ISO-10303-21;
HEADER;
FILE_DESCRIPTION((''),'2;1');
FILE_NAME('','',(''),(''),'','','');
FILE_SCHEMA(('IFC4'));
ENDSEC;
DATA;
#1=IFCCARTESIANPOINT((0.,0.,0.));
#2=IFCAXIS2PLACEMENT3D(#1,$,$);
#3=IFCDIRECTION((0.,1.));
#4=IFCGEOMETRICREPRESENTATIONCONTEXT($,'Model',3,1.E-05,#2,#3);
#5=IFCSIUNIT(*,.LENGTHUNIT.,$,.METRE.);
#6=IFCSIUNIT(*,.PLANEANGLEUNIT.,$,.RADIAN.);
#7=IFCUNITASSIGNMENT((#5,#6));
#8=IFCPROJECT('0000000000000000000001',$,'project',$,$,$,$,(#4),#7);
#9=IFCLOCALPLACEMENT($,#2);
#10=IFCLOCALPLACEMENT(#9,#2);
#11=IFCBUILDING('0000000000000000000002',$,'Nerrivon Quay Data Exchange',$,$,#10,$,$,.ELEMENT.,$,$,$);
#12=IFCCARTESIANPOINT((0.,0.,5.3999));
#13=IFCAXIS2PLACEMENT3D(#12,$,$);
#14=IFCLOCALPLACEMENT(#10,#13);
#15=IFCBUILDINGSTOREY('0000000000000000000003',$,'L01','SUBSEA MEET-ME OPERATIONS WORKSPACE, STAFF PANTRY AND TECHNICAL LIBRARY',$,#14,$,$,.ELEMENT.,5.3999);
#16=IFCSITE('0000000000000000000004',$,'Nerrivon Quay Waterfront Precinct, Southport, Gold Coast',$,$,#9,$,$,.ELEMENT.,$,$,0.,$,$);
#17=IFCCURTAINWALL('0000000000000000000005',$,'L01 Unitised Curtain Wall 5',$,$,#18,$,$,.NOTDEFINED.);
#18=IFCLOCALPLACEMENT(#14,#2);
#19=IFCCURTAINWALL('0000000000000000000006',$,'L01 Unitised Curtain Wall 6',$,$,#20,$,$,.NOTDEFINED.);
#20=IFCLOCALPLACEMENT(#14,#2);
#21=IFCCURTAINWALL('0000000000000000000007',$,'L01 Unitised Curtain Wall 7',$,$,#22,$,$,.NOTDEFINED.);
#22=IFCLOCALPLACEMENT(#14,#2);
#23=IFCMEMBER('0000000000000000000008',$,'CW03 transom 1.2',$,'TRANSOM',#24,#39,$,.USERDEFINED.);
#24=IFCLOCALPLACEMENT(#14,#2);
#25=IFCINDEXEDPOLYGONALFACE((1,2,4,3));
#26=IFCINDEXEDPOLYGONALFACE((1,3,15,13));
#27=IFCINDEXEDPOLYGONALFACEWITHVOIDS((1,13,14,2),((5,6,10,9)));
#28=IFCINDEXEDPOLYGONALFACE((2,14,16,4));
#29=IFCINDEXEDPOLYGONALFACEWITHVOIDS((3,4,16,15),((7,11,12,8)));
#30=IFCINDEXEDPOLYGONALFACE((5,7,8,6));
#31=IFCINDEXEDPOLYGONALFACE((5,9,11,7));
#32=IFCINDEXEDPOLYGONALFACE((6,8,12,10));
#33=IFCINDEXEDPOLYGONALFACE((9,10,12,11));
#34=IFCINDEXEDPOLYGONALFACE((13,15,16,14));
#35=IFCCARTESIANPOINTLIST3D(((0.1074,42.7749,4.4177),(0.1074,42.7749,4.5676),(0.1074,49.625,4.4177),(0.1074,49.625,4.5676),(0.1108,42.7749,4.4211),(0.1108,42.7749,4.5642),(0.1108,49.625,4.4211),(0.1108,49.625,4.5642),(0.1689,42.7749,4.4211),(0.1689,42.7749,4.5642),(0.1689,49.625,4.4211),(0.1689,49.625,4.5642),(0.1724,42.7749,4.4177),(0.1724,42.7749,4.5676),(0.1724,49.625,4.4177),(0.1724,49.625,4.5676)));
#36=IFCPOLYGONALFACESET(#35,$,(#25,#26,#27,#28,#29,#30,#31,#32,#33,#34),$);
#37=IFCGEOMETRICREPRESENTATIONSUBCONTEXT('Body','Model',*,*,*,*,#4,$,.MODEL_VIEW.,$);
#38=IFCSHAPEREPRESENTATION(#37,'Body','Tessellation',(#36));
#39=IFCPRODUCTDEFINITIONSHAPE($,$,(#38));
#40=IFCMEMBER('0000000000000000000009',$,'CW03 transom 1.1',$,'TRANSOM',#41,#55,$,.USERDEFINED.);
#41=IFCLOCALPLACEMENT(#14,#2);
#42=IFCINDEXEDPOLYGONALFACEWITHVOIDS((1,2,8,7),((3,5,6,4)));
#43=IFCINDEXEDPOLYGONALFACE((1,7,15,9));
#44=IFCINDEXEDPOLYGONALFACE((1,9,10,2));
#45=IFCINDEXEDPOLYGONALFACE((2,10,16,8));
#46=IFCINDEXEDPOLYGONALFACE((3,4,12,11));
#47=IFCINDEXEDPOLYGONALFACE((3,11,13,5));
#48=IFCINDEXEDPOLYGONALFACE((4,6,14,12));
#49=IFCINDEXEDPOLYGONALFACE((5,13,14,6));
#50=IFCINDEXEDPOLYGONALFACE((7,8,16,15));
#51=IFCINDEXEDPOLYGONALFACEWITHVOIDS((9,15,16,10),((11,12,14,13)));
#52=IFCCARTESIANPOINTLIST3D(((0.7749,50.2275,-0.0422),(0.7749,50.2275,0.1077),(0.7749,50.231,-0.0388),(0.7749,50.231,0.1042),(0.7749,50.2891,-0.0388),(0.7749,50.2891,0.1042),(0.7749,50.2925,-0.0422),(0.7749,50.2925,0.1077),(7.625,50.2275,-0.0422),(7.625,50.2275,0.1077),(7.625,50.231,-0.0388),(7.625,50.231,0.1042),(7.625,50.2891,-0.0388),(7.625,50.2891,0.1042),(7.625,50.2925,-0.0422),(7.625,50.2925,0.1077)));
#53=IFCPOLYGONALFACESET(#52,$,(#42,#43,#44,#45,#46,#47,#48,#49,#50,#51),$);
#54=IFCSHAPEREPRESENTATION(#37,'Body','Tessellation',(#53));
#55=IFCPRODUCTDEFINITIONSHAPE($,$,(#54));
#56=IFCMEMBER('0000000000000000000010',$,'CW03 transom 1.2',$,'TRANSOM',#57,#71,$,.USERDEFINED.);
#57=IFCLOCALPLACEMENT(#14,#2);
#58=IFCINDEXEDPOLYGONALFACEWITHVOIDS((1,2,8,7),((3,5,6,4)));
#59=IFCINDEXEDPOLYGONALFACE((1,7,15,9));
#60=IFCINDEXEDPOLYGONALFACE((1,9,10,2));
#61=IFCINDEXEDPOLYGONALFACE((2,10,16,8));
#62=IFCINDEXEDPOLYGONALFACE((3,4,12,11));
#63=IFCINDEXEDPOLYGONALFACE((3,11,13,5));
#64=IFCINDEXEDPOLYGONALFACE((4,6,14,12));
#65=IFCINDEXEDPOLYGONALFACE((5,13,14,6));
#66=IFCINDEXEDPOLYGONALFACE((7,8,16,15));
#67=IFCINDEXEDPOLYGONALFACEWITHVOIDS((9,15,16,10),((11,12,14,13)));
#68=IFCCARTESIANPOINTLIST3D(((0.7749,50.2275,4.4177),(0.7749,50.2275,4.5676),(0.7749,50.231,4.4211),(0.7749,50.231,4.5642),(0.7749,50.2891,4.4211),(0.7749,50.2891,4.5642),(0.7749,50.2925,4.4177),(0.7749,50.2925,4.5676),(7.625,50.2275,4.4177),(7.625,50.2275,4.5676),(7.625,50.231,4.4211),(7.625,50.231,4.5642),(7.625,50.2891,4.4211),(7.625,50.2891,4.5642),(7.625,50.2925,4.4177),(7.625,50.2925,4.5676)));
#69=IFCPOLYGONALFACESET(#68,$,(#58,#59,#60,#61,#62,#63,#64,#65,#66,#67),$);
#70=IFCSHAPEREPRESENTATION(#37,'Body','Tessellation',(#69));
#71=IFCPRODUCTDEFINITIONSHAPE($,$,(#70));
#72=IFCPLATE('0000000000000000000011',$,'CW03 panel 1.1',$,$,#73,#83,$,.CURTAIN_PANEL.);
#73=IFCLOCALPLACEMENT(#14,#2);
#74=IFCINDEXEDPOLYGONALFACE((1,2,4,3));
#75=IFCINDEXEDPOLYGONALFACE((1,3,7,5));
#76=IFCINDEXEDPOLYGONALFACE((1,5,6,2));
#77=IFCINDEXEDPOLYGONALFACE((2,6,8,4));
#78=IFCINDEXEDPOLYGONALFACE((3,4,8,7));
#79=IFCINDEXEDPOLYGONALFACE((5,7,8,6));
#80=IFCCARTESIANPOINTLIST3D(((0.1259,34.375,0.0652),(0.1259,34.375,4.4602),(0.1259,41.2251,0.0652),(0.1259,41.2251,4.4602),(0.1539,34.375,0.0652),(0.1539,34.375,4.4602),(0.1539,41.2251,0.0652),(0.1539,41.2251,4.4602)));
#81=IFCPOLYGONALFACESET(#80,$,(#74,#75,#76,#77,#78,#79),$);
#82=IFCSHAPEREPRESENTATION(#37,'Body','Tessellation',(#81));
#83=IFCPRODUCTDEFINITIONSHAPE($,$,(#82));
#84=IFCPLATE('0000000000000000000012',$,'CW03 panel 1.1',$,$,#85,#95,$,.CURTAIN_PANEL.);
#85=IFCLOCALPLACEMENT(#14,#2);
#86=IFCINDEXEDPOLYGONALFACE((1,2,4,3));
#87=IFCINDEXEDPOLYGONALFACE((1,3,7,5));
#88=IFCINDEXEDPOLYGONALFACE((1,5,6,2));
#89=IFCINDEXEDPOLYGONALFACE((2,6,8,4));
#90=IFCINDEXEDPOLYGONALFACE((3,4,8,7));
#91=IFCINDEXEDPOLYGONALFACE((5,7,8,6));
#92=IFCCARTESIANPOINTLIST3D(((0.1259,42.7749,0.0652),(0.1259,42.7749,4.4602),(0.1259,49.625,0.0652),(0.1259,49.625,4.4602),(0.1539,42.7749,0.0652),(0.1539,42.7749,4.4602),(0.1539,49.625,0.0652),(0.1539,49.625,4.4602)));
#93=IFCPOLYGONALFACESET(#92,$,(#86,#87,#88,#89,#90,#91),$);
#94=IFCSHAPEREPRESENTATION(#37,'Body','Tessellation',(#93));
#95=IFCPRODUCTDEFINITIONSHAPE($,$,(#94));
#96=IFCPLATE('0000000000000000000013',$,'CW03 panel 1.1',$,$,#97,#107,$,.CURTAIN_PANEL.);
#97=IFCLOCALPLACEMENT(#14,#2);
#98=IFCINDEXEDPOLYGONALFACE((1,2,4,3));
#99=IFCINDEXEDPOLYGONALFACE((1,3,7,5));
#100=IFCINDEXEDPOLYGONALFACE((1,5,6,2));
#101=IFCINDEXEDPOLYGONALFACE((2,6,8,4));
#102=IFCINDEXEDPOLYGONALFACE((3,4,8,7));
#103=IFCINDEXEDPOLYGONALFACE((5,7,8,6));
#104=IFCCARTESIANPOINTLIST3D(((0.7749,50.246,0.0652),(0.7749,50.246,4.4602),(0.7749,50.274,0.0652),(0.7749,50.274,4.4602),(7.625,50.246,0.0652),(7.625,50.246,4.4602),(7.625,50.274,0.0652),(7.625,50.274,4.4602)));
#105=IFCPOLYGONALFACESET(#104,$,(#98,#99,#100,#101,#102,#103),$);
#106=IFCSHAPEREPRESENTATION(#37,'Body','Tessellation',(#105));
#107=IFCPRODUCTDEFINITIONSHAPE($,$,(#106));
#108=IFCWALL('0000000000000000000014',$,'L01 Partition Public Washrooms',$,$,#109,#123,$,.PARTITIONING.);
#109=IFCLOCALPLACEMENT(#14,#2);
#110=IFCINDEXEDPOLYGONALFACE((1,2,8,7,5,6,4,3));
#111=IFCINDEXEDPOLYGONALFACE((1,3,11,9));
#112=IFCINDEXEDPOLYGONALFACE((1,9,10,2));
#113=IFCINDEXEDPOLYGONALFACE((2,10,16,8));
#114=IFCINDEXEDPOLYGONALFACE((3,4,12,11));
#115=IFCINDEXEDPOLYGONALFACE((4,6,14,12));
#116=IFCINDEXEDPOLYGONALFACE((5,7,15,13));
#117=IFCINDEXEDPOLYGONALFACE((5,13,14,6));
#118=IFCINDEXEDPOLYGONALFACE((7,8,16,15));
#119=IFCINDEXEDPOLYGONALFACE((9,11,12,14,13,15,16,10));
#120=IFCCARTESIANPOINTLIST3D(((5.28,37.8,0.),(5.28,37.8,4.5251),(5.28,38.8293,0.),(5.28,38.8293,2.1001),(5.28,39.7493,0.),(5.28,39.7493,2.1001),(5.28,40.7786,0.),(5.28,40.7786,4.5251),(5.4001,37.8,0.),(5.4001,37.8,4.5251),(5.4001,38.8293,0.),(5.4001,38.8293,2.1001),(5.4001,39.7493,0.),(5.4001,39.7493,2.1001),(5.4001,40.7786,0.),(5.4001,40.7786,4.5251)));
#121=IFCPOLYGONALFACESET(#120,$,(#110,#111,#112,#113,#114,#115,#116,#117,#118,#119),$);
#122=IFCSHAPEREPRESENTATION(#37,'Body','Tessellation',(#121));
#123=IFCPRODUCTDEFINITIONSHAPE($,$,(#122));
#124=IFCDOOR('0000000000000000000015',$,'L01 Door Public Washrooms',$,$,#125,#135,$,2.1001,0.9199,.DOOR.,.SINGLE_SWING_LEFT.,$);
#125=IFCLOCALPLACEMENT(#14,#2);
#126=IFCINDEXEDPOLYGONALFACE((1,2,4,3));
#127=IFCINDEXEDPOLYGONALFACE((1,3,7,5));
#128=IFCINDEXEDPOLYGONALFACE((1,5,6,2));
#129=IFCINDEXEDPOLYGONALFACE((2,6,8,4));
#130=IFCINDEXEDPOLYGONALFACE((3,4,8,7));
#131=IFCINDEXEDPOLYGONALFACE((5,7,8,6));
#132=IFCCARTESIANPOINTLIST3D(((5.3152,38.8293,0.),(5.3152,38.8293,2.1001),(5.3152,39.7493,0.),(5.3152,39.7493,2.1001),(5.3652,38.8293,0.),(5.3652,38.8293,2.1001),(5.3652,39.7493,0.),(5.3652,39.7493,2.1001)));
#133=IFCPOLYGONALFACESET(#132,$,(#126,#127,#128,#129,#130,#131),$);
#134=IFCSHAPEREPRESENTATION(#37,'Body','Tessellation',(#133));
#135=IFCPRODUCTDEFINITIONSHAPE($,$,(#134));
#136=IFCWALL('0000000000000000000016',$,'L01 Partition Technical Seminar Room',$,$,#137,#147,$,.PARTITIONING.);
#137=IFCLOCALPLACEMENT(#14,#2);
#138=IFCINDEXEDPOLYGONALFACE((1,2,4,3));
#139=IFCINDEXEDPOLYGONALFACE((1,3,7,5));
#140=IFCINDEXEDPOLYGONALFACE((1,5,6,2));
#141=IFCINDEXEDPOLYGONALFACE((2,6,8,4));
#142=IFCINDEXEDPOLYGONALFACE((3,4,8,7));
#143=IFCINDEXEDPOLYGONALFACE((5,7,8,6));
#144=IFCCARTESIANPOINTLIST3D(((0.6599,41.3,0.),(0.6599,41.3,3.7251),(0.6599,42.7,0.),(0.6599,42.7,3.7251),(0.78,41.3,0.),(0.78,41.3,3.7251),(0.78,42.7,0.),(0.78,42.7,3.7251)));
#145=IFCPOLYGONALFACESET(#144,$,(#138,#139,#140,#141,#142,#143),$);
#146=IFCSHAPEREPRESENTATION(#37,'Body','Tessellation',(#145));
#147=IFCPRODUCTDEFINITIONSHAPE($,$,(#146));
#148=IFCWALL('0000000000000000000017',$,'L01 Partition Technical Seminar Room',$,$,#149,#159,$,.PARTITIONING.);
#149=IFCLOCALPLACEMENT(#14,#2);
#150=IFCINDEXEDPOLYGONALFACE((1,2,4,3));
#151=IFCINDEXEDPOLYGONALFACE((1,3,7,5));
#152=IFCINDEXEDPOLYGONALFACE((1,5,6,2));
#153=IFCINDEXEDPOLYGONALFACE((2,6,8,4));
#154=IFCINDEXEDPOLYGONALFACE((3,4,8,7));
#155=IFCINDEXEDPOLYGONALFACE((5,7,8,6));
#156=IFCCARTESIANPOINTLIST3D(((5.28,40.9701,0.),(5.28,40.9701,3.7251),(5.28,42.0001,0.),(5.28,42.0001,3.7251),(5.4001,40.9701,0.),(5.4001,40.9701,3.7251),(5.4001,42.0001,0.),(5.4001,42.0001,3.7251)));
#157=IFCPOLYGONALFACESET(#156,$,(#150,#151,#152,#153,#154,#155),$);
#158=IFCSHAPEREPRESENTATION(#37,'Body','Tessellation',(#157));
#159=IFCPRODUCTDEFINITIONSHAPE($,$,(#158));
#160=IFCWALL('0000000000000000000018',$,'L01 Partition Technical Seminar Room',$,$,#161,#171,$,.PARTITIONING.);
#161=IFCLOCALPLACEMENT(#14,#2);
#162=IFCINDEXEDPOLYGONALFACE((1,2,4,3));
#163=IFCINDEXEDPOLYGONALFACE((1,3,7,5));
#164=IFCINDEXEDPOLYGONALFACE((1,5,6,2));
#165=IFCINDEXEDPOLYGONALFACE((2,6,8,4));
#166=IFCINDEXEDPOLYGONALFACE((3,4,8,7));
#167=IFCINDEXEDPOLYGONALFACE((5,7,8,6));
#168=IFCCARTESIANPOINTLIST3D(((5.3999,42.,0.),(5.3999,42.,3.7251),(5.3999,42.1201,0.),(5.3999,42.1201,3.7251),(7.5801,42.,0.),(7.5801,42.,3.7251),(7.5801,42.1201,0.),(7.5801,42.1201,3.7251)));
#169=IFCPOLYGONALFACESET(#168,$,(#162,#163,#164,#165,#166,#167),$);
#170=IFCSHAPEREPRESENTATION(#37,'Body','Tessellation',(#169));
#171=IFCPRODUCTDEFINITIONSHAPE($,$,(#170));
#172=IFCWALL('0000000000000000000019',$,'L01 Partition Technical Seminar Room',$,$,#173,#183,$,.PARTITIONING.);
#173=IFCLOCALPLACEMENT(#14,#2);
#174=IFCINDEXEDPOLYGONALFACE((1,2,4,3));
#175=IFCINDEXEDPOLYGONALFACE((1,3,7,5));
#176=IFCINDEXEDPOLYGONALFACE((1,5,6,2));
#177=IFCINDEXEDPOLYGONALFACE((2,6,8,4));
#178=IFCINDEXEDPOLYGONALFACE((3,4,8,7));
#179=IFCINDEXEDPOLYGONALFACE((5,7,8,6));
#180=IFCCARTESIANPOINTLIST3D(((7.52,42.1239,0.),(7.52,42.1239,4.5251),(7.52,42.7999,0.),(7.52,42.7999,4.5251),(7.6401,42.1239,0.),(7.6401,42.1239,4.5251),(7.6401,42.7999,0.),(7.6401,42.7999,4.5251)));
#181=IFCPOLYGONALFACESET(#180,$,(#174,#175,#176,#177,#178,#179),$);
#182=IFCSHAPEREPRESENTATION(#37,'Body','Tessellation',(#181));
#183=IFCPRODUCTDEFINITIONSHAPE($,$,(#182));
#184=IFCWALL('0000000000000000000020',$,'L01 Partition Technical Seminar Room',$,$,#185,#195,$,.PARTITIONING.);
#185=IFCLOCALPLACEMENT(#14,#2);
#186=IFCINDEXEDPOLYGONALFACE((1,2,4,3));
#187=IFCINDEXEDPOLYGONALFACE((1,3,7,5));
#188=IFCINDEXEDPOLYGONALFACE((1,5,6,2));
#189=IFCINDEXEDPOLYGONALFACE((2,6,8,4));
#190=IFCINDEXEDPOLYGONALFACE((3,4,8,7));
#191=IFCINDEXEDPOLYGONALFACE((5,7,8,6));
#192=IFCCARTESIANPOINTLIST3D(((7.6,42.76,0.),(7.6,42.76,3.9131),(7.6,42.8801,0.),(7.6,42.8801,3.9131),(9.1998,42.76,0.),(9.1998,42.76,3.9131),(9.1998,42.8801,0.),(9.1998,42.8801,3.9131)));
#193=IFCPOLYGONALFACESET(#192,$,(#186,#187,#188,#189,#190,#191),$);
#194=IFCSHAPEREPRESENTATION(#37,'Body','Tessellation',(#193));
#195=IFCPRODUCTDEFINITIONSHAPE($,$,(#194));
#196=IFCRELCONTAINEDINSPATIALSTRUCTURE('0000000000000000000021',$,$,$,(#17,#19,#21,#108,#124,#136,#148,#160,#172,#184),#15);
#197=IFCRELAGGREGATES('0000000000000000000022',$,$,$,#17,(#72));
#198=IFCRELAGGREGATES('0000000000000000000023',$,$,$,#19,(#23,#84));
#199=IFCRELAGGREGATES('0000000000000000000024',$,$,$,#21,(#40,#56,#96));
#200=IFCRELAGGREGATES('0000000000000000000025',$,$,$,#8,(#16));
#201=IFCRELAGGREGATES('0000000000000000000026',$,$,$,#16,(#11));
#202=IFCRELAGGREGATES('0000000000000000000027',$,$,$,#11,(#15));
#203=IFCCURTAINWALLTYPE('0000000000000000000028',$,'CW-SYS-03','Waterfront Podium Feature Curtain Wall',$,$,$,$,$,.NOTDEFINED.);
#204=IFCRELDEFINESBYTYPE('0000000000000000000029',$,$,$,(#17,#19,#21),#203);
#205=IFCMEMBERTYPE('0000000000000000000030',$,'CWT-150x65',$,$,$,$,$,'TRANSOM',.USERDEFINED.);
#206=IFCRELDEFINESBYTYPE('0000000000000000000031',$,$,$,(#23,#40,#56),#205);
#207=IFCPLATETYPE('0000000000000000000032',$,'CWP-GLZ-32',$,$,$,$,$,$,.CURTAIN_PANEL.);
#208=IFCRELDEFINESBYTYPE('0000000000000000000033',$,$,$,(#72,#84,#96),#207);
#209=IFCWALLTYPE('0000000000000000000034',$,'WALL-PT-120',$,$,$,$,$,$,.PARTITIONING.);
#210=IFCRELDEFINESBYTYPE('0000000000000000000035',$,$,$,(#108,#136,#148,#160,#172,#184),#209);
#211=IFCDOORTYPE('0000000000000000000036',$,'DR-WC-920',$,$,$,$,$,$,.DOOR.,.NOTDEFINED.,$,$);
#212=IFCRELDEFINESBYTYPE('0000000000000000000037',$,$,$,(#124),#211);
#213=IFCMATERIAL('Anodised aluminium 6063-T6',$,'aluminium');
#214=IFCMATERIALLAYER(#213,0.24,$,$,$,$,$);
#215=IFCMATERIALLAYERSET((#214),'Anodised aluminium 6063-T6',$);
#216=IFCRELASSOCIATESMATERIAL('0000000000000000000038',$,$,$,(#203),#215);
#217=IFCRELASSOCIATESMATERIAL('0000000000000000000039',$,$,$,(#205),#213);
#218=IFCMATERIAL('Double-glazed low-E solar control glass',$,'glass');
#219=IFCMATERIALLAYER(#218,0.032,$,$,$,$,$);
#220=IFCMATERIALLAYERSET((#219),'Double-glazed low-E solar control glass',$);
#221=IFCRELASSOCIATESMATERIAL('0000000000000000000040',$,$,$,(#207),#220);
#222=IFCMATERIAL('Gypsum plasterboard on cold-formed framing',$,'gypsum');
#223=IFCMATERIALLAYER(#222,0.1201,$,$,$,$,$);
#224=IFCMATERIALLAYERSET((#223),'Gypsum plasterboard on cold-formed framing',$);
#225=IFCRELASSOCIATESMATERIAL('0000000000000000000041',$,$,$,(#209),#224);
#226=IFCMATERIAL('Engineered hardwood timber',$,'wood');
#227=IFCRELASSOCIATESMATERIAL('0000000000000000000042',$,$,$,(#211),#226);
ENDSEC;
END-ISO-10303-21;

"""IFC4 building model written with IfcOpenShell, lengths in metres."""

from ifc_helpers import new_model, si_unit, direction, frame, frame_2d, origin, origin_2d, place, context, subcontext, project, spatial, rectangle, hollow_rectangle, extrude, material, layer, layer_set, material_profile, profile_set, type_object, element, fill, aggregate, save


model = new_model("IFC4")

# Units and contexts
model_context = context("Model", 3, precision=1e-05, world=origin(), true_north=direction((0.0, 1.0)))
body_context = subcontext(model_context, "Body", "Model", "MODEL_VIEW")
ifc_project = project(units=[si_unit("LENGTHUNIT", "METRE"), si_unit("PLANEANGLEUNIT", "RADIAN")], contexts=[model_context])

# Site, building, storey
site_placement = place(None, origin())
site = spatial("IfcSite", under=ifc_project, at=site_placement, Name="Nerrivon Quay Waterfront Precinct, Southport, Gold Coast", CompositionType="ELEMENT", RefElevation=0.0)
building_placement = place(site_placement, origin())
building = spatial("IfcBuilding", under=site, at=building_placement, Name="Nerrivon Quay Data Exchange", CompositionType="ELEMENT")
storey_placement = place(building_placement, frame((0.0, 0.0, 5.3999)))
storey = spatial("IfcBuildingStorey", under=building, at=storey_placement, Name="L01", Description="SUBSEA MEET-ME OPERATIONS WORKSPACE, STAFF PANTRY AND TECHNICAL LIBRARY", CompositionType="ELEMENT", Elevation=5.3999)

# Curtain wall
ifc_material_1 = material(Name="Anodised aluminium 6063-T6", Category="aluminium")
ifc_layer_1 = layer(ifc_material_1, 0.24)
ifc_layer_set_1 = layer_set([ifc_layer_1], Name="Anodised aluminium 6063-T6")
curtain_wall_type = type_object("IfcCurtainWallType", Name="CW-SYS-03", Description="Waterfront Podium Feature Curtain Wall", PredefinedType="NOTDEFINED", material=ifc_layer_set_1)
curtain_wall_1_placement = place(storey_placement, origin())
curtain_wall_1 = element("IfcCurtainWall", 1, at=curtain_wall_1_placement, inside=storey, type_object=curtain_wall_type, Name="L01 Unitised Curtain Wall 5", PredefinedType="NOTDEFINED")

# Curtain walls
curtain_wall_2_placement = place(storey_placement, origin())
curtain_wall_2 = element("IfcCurtainWall", 2, at=curtain_wall_2_placement, inside=storey, type_object=curtain_wall_type, Name="L01 Unitised Curtain Wall 6", PredefinedType="NOTDEFINED")
curtain_wall_3_placement = place(storey_placement, origin())
curtain_wall_3 = element("IfcCurtainWall", 3, at=curtain_wall_3_placement, inside=storey, type_object=curtain_wall_type, Name="L01 Unitised Curtain Wall 7", PredefinedType="NOTDEFINED")

# Members
ifc_material_profile_1 = material_profile(ifc_material_1, hollow_rectangle(XDim=0.0649, YDim=0.1499, WallThickness=0.0034, at=origin_2d()), Name="ALU-TRAN-150x65")
ifc_profile_set_1 = profile_set([ifc_material_profile_1], Name="Anodised aluminium 6063-T6")
member_type_1 = type_object("IfcMemberType", Name="CWT-150x65", ElementType="TRANSOM", PredefinedType="USERDEFINED", material=ifc_profile_set_1)
member_1_placement = place(storey_placement, frame((0.1399, 42.7749, 4.4927), z_axis=(0.0, 1.0, 0.0), x_axis=(-1.0, 0.0, 0.0)))
member_1 = element("IfcMember", 4, at=member_1_placement, type_object=member_type_1, Name="CW03 transom 1.2", ObjectType="TRANSOM", PredefinedType="USERDEFINED", context=body_context, shape_type="SweptSolid", body=[
    extrude(hollow_rectangle(XDim=0.0649, YDim=0.1499, WallThickness=0.0034, at=origin_2d()), origin(), (0.0, 0.0, 1.0), 6.8501),
])
member_2_placement = place(storey_placement, frame((0.7749, 50.26, 0.0327), z_axis=(1.0, 0.0, 0.0), x_axis=(0.0, 1.0, 0.0)))
member_2 = element("IfcMember", 5, at=member_2_placement, type_object=member_type_1, Name="CW03 transom 1.1", ObjectType="TRANSOM", PredefinedType="USERDEFINED", context=body_context, shape_type="SweptSolid", body=[
    extrude(hollow_rectangle(XDim=0.0649, YDim=0.1499, WallThickness=0.0034, at=origin_2d()), origin(), (0.0, 0.0, 1.0), 6.8501),
])
member_3_placement = place(storey_placement, frame((0.7749, 50.26, 4.4927), z_axis=(1.0, 0.0, 0.0), x_axis=(0.0, 1.0, 0.0)))
member_3 = element("IfcMember", 6, at=member_3_placement, type_object=member_type_1, Name="CW03 transom 1.2", ObjectType="TRANSOM", PredefinedType="USERDEFINED", context=body_context, shape_type="SweptSolid", body=[
    extrude(hollow_rectangle(XDim=0.0649, YDim=0.1499, WallThickness=0.0034, at=origin_2d()), origin(), (0.0, 0.0, 1.0), 6.8501),
])

# Plates
ifc_material_2 = material(Name="Double-glazed low-E solar control glass", Category="glass")
ifc_layer_2 = layer(ifc_material_2, 0.032)
ifc_layer_set_2 = layer_set([ifc_layer_2], Name="Double-glazed low-E solar control glass")
plate_type = type_object("IfcPlateType", Name="CWP-GLZ-32", PredefinedType="CURTAIN_PANEL", material=ifc_layer_set_2)
plate_1_placement = place(storey_placement, frame((0.1399, 37.8, 0.0652), z_axis=(0.0, 0.0, 1.0), x_axis=(0.0, 1.0, 0.0)))
plate_1 = element("IfcPlate", 7, at=plate_1_placement, type_object=plate_type, Name="CW03 panel 1.1", PredefinedType="CURTAIN_PANEL", context=body_context, shape_type="SweptSolid", body=[
    extrude(rectangle(XDim=6.8501, YDim=0.0281, at=origin_2d()), origin(), (0.0, 0.0, 1.0), 4.395),
])
aggregate(curtain_wall_1, [plate_1])
plate_2_placement = place(storey_placement, frame((0.1399, 46.2, 0.0652), z_axis=(0.0, 0.0, 1.0), x_axis=(0.0, 1.0, 0.0)))
plate_2 = element("IfcPlate", 8, at=plate_2_placement, type_object=plate_type, Name="CW03 panel 1.1", PredefinedType="CURTAIN_PANEL", context=body_context, shape_type="SweptSolid", body=[
    extrude(rectangle(XDim=6.8501, YDim=0.0281, at=origin_2d()), origin(), (0.0, 0.0, 1.0), 4.395),
])
aggregate(curtain_wall_2, [member_1, plate_2])
plate_3_placement = place(storey_placement, frame((4.2, 50.26, 0.0652), z_axis=(0.0, 0.0, 1.0), x_axis=(1.0, 0.0, 0.0)))
plate_3 = element("IfcPlate", 9, at=plate_3_placement, type_object=plate_type, Name="CW03 panel 1.1", PredefinedType="CURTAIN_PANEL", context=body_context, shape_type="SweptSolid", body=[
    extrude(rectangle(XDim=6.8501, YDim=0.0281, at=origin_2d()), origin(), (0.0, 0.0, 1.0), 4.395),
])
aggregate(curtain_wall_3, [member_2, member_3, plate_3])

# Wall, opening, door
ifc_material_3 = material(Name="Gypsum plasterboard on cold-formed framing", Category="gypsum")
ifc_layer_3 = layer(ifc_material_3, 0.1201)
ifc_layer_set_3 = layer_set([ifc_layer_3], Name="Gypsum plasterboard on cold-formed framing")
wall_type_1 = type_object("IfcWallType", Name="WALL-PT-120", PredefinedType="PARTITIONING", material=ifc_layer_set_3)
wall_1_placement = place(storey_placement, frame((5.3401, 37.8, 0.0), z_axis=(0.0, 0.0, 1.0), x_axis=(0.0, 1.0, 0.0)))
wall_1 = element("IfcWall", 10, at=wall_1_placement, inside=storey, type_object=wall_type_1, Name="L01 Partition Public Washrooms", PredefinedType="PARTITIONING", context=body_context, shape_type="SweptSolid", body=[
    extrude(rectangle(XDim=2.9785, YDim=0.1201, at=frame_2d((1.4893, 0.0))), origin(), (0.0, 0.0, 1.0), 4.5251),
])
opening_placement = place(wall_1_placement, frame((1.0293, 0.0, 0.0)))
opening = element("IfcOpeningElement", 11, at=opening_placement, cuts=wall_1, PredefinedType="OPENING", context=body_context, shape_type="SweptSolid", body=[
    extrude(rectangle(XDim=0.9199, YDim=2.1001, at=frame_2d((0.46, 1.05))), frame((0.0, 0.0701, 0.0), z_axis=(0.0, -1.0, 0.0), x_axis=(1.0, 0.0, 0.0)), (0.0, 0.0, 1.0), 0.1401),
])
ifc_material_4 = material(Name="Engineered hardwood timber", Category="wood")
door_type = type_object("IfcDoorType", Name="DR-WC-920", OperationType="NOTDEFINED", PredefinedType="DOOR", material=ifc_material_4)
door_placement = place(opening_placement, origin())
door = element("IfcDoor", 12, at=door_placement, inside=storey, type_object=door_type, Name="L01 Door Public Washrooms", OperationType="SINGLE_SWING_LEFT", OverallHeight=2.1001, OverallWidth=0.9199, PredefinedType="DOOR", context=body_context, shape_type="SweptSolid", body=[
    extrude(rectangle(XDim=0.9199, YDim=2.1001, at=frame_2d((0.46, 1.05))), frame((0.0, 0.0249, 0.0), z_axis=(0.0, -1.0, 0.0), x_axis=(1.0, 0.0, 0.0)), (0.0, 0.0, 1.0), 0.05),
])
fill(opening, door)

# Walls
wall_2_placement = place(storey_placement, frame((0.72, 42.7, 0.0), z_axis=(0.0, 0.0, 1.0), x_axis=(0.0, -1.0, 0.0)))
element("IfcWall", 13, at=wall_2_placement, inside=storey, type_object=wall_type_1, Name="L01 Partition Technical Seminar Room", PredefinedType="PARTITIONING", context=body_context, shape_type="SweptSolid", body=[
    extrude(rectangle(XDim=1.3999, YDim=0.1201, at=frame_2d((0.7, 0.0))), origin(), (0.0, 0.0, 1.0), 3.7251),
])
wall_3_placement = place(storey_placement, frame((5.3401, 40.97, 0.0), z_axis=(0.0, 0.0, 1.0), x_axis=(0.0, 1.0, 0.0)))
element("IfcWall", 14, at=wall_3_placement, inside=storey, type_object=wall_type_1, Name="L01 Partition Technical Seminar Room", PredefinedType="PARTITIONING", context=body_context, shape_type="SweptSolid", body=[
    extrude(rectangle(XDim=1.03, YDim=0.1201, at=frame_2d((0.5151, 0.0))), origin(), (0.0, 0.0, 1.0), 3.7251),
])
wall_4_placement = place(storey_placement, frame((5.3999, 42.0601, 0.0), z_axis=(0.0, 0.0, 1.0), x_axis=(1.0, 0.0, 0.0)))
element("IfcWall", 15, at=wall_4_placement, inside=storey, type_object=wall_type_1, Name="L01 Partition Technical Seminar Room", PredefinedType="PARTITIONING", context=body_context, shape_type="SweptSolid", body=[
    extrude(rectangle(XDim=2.1802, YDim=0.1201, at=frame_2d((1.0901, 0.0))), origin(), (0.0, 0.0, 1.0), 3.7251),
])
wall_5_placement = place(storey_placement, frame((7.5801, 42.124, 0.0), z_axis=(0.0, 0.0, 1.0), x_axis=(0.0, 1.0, 0.0)))
element("IfcWall", 16, at=wall_5_placement, inside=storey, type_object=wall_type_1, Name="L01 Partition Technical Seminar Room", PredefinedType="PARTITIONING", context=body_context, shape_type="SweptSolid", body=[
    extrude(rectangle(XDim=0.676, YDim=0.1201, at=frame_2d((0.3379, 0.0))), origin(), (0.0, 0.0, 1.0), 4.5251),
])
wall_6_placement = place(storey_placement, frame((7.6001, 42.8201, 0.0), z_axis=(0.0, 0.0, 1.0), x_axis=(1.0, 0.0, 0.0)))
element("IfcWall", 17, at=wall_6_placement, inside=storey, type_object=wall_type_1, Name="L01 Partition Technical Seminar Room", PredefinedType="PARTITIONING", context=body_context, shape_type="SweptSolid", body=[
    extrude(rectangle(XDim=1.5999, YDim=0.1201, at=frame_2d((0.7998, 0.0))), origin(), (0.0, 0.0, 1.0), 3.9131),
])

save(model, "model.ifc")
